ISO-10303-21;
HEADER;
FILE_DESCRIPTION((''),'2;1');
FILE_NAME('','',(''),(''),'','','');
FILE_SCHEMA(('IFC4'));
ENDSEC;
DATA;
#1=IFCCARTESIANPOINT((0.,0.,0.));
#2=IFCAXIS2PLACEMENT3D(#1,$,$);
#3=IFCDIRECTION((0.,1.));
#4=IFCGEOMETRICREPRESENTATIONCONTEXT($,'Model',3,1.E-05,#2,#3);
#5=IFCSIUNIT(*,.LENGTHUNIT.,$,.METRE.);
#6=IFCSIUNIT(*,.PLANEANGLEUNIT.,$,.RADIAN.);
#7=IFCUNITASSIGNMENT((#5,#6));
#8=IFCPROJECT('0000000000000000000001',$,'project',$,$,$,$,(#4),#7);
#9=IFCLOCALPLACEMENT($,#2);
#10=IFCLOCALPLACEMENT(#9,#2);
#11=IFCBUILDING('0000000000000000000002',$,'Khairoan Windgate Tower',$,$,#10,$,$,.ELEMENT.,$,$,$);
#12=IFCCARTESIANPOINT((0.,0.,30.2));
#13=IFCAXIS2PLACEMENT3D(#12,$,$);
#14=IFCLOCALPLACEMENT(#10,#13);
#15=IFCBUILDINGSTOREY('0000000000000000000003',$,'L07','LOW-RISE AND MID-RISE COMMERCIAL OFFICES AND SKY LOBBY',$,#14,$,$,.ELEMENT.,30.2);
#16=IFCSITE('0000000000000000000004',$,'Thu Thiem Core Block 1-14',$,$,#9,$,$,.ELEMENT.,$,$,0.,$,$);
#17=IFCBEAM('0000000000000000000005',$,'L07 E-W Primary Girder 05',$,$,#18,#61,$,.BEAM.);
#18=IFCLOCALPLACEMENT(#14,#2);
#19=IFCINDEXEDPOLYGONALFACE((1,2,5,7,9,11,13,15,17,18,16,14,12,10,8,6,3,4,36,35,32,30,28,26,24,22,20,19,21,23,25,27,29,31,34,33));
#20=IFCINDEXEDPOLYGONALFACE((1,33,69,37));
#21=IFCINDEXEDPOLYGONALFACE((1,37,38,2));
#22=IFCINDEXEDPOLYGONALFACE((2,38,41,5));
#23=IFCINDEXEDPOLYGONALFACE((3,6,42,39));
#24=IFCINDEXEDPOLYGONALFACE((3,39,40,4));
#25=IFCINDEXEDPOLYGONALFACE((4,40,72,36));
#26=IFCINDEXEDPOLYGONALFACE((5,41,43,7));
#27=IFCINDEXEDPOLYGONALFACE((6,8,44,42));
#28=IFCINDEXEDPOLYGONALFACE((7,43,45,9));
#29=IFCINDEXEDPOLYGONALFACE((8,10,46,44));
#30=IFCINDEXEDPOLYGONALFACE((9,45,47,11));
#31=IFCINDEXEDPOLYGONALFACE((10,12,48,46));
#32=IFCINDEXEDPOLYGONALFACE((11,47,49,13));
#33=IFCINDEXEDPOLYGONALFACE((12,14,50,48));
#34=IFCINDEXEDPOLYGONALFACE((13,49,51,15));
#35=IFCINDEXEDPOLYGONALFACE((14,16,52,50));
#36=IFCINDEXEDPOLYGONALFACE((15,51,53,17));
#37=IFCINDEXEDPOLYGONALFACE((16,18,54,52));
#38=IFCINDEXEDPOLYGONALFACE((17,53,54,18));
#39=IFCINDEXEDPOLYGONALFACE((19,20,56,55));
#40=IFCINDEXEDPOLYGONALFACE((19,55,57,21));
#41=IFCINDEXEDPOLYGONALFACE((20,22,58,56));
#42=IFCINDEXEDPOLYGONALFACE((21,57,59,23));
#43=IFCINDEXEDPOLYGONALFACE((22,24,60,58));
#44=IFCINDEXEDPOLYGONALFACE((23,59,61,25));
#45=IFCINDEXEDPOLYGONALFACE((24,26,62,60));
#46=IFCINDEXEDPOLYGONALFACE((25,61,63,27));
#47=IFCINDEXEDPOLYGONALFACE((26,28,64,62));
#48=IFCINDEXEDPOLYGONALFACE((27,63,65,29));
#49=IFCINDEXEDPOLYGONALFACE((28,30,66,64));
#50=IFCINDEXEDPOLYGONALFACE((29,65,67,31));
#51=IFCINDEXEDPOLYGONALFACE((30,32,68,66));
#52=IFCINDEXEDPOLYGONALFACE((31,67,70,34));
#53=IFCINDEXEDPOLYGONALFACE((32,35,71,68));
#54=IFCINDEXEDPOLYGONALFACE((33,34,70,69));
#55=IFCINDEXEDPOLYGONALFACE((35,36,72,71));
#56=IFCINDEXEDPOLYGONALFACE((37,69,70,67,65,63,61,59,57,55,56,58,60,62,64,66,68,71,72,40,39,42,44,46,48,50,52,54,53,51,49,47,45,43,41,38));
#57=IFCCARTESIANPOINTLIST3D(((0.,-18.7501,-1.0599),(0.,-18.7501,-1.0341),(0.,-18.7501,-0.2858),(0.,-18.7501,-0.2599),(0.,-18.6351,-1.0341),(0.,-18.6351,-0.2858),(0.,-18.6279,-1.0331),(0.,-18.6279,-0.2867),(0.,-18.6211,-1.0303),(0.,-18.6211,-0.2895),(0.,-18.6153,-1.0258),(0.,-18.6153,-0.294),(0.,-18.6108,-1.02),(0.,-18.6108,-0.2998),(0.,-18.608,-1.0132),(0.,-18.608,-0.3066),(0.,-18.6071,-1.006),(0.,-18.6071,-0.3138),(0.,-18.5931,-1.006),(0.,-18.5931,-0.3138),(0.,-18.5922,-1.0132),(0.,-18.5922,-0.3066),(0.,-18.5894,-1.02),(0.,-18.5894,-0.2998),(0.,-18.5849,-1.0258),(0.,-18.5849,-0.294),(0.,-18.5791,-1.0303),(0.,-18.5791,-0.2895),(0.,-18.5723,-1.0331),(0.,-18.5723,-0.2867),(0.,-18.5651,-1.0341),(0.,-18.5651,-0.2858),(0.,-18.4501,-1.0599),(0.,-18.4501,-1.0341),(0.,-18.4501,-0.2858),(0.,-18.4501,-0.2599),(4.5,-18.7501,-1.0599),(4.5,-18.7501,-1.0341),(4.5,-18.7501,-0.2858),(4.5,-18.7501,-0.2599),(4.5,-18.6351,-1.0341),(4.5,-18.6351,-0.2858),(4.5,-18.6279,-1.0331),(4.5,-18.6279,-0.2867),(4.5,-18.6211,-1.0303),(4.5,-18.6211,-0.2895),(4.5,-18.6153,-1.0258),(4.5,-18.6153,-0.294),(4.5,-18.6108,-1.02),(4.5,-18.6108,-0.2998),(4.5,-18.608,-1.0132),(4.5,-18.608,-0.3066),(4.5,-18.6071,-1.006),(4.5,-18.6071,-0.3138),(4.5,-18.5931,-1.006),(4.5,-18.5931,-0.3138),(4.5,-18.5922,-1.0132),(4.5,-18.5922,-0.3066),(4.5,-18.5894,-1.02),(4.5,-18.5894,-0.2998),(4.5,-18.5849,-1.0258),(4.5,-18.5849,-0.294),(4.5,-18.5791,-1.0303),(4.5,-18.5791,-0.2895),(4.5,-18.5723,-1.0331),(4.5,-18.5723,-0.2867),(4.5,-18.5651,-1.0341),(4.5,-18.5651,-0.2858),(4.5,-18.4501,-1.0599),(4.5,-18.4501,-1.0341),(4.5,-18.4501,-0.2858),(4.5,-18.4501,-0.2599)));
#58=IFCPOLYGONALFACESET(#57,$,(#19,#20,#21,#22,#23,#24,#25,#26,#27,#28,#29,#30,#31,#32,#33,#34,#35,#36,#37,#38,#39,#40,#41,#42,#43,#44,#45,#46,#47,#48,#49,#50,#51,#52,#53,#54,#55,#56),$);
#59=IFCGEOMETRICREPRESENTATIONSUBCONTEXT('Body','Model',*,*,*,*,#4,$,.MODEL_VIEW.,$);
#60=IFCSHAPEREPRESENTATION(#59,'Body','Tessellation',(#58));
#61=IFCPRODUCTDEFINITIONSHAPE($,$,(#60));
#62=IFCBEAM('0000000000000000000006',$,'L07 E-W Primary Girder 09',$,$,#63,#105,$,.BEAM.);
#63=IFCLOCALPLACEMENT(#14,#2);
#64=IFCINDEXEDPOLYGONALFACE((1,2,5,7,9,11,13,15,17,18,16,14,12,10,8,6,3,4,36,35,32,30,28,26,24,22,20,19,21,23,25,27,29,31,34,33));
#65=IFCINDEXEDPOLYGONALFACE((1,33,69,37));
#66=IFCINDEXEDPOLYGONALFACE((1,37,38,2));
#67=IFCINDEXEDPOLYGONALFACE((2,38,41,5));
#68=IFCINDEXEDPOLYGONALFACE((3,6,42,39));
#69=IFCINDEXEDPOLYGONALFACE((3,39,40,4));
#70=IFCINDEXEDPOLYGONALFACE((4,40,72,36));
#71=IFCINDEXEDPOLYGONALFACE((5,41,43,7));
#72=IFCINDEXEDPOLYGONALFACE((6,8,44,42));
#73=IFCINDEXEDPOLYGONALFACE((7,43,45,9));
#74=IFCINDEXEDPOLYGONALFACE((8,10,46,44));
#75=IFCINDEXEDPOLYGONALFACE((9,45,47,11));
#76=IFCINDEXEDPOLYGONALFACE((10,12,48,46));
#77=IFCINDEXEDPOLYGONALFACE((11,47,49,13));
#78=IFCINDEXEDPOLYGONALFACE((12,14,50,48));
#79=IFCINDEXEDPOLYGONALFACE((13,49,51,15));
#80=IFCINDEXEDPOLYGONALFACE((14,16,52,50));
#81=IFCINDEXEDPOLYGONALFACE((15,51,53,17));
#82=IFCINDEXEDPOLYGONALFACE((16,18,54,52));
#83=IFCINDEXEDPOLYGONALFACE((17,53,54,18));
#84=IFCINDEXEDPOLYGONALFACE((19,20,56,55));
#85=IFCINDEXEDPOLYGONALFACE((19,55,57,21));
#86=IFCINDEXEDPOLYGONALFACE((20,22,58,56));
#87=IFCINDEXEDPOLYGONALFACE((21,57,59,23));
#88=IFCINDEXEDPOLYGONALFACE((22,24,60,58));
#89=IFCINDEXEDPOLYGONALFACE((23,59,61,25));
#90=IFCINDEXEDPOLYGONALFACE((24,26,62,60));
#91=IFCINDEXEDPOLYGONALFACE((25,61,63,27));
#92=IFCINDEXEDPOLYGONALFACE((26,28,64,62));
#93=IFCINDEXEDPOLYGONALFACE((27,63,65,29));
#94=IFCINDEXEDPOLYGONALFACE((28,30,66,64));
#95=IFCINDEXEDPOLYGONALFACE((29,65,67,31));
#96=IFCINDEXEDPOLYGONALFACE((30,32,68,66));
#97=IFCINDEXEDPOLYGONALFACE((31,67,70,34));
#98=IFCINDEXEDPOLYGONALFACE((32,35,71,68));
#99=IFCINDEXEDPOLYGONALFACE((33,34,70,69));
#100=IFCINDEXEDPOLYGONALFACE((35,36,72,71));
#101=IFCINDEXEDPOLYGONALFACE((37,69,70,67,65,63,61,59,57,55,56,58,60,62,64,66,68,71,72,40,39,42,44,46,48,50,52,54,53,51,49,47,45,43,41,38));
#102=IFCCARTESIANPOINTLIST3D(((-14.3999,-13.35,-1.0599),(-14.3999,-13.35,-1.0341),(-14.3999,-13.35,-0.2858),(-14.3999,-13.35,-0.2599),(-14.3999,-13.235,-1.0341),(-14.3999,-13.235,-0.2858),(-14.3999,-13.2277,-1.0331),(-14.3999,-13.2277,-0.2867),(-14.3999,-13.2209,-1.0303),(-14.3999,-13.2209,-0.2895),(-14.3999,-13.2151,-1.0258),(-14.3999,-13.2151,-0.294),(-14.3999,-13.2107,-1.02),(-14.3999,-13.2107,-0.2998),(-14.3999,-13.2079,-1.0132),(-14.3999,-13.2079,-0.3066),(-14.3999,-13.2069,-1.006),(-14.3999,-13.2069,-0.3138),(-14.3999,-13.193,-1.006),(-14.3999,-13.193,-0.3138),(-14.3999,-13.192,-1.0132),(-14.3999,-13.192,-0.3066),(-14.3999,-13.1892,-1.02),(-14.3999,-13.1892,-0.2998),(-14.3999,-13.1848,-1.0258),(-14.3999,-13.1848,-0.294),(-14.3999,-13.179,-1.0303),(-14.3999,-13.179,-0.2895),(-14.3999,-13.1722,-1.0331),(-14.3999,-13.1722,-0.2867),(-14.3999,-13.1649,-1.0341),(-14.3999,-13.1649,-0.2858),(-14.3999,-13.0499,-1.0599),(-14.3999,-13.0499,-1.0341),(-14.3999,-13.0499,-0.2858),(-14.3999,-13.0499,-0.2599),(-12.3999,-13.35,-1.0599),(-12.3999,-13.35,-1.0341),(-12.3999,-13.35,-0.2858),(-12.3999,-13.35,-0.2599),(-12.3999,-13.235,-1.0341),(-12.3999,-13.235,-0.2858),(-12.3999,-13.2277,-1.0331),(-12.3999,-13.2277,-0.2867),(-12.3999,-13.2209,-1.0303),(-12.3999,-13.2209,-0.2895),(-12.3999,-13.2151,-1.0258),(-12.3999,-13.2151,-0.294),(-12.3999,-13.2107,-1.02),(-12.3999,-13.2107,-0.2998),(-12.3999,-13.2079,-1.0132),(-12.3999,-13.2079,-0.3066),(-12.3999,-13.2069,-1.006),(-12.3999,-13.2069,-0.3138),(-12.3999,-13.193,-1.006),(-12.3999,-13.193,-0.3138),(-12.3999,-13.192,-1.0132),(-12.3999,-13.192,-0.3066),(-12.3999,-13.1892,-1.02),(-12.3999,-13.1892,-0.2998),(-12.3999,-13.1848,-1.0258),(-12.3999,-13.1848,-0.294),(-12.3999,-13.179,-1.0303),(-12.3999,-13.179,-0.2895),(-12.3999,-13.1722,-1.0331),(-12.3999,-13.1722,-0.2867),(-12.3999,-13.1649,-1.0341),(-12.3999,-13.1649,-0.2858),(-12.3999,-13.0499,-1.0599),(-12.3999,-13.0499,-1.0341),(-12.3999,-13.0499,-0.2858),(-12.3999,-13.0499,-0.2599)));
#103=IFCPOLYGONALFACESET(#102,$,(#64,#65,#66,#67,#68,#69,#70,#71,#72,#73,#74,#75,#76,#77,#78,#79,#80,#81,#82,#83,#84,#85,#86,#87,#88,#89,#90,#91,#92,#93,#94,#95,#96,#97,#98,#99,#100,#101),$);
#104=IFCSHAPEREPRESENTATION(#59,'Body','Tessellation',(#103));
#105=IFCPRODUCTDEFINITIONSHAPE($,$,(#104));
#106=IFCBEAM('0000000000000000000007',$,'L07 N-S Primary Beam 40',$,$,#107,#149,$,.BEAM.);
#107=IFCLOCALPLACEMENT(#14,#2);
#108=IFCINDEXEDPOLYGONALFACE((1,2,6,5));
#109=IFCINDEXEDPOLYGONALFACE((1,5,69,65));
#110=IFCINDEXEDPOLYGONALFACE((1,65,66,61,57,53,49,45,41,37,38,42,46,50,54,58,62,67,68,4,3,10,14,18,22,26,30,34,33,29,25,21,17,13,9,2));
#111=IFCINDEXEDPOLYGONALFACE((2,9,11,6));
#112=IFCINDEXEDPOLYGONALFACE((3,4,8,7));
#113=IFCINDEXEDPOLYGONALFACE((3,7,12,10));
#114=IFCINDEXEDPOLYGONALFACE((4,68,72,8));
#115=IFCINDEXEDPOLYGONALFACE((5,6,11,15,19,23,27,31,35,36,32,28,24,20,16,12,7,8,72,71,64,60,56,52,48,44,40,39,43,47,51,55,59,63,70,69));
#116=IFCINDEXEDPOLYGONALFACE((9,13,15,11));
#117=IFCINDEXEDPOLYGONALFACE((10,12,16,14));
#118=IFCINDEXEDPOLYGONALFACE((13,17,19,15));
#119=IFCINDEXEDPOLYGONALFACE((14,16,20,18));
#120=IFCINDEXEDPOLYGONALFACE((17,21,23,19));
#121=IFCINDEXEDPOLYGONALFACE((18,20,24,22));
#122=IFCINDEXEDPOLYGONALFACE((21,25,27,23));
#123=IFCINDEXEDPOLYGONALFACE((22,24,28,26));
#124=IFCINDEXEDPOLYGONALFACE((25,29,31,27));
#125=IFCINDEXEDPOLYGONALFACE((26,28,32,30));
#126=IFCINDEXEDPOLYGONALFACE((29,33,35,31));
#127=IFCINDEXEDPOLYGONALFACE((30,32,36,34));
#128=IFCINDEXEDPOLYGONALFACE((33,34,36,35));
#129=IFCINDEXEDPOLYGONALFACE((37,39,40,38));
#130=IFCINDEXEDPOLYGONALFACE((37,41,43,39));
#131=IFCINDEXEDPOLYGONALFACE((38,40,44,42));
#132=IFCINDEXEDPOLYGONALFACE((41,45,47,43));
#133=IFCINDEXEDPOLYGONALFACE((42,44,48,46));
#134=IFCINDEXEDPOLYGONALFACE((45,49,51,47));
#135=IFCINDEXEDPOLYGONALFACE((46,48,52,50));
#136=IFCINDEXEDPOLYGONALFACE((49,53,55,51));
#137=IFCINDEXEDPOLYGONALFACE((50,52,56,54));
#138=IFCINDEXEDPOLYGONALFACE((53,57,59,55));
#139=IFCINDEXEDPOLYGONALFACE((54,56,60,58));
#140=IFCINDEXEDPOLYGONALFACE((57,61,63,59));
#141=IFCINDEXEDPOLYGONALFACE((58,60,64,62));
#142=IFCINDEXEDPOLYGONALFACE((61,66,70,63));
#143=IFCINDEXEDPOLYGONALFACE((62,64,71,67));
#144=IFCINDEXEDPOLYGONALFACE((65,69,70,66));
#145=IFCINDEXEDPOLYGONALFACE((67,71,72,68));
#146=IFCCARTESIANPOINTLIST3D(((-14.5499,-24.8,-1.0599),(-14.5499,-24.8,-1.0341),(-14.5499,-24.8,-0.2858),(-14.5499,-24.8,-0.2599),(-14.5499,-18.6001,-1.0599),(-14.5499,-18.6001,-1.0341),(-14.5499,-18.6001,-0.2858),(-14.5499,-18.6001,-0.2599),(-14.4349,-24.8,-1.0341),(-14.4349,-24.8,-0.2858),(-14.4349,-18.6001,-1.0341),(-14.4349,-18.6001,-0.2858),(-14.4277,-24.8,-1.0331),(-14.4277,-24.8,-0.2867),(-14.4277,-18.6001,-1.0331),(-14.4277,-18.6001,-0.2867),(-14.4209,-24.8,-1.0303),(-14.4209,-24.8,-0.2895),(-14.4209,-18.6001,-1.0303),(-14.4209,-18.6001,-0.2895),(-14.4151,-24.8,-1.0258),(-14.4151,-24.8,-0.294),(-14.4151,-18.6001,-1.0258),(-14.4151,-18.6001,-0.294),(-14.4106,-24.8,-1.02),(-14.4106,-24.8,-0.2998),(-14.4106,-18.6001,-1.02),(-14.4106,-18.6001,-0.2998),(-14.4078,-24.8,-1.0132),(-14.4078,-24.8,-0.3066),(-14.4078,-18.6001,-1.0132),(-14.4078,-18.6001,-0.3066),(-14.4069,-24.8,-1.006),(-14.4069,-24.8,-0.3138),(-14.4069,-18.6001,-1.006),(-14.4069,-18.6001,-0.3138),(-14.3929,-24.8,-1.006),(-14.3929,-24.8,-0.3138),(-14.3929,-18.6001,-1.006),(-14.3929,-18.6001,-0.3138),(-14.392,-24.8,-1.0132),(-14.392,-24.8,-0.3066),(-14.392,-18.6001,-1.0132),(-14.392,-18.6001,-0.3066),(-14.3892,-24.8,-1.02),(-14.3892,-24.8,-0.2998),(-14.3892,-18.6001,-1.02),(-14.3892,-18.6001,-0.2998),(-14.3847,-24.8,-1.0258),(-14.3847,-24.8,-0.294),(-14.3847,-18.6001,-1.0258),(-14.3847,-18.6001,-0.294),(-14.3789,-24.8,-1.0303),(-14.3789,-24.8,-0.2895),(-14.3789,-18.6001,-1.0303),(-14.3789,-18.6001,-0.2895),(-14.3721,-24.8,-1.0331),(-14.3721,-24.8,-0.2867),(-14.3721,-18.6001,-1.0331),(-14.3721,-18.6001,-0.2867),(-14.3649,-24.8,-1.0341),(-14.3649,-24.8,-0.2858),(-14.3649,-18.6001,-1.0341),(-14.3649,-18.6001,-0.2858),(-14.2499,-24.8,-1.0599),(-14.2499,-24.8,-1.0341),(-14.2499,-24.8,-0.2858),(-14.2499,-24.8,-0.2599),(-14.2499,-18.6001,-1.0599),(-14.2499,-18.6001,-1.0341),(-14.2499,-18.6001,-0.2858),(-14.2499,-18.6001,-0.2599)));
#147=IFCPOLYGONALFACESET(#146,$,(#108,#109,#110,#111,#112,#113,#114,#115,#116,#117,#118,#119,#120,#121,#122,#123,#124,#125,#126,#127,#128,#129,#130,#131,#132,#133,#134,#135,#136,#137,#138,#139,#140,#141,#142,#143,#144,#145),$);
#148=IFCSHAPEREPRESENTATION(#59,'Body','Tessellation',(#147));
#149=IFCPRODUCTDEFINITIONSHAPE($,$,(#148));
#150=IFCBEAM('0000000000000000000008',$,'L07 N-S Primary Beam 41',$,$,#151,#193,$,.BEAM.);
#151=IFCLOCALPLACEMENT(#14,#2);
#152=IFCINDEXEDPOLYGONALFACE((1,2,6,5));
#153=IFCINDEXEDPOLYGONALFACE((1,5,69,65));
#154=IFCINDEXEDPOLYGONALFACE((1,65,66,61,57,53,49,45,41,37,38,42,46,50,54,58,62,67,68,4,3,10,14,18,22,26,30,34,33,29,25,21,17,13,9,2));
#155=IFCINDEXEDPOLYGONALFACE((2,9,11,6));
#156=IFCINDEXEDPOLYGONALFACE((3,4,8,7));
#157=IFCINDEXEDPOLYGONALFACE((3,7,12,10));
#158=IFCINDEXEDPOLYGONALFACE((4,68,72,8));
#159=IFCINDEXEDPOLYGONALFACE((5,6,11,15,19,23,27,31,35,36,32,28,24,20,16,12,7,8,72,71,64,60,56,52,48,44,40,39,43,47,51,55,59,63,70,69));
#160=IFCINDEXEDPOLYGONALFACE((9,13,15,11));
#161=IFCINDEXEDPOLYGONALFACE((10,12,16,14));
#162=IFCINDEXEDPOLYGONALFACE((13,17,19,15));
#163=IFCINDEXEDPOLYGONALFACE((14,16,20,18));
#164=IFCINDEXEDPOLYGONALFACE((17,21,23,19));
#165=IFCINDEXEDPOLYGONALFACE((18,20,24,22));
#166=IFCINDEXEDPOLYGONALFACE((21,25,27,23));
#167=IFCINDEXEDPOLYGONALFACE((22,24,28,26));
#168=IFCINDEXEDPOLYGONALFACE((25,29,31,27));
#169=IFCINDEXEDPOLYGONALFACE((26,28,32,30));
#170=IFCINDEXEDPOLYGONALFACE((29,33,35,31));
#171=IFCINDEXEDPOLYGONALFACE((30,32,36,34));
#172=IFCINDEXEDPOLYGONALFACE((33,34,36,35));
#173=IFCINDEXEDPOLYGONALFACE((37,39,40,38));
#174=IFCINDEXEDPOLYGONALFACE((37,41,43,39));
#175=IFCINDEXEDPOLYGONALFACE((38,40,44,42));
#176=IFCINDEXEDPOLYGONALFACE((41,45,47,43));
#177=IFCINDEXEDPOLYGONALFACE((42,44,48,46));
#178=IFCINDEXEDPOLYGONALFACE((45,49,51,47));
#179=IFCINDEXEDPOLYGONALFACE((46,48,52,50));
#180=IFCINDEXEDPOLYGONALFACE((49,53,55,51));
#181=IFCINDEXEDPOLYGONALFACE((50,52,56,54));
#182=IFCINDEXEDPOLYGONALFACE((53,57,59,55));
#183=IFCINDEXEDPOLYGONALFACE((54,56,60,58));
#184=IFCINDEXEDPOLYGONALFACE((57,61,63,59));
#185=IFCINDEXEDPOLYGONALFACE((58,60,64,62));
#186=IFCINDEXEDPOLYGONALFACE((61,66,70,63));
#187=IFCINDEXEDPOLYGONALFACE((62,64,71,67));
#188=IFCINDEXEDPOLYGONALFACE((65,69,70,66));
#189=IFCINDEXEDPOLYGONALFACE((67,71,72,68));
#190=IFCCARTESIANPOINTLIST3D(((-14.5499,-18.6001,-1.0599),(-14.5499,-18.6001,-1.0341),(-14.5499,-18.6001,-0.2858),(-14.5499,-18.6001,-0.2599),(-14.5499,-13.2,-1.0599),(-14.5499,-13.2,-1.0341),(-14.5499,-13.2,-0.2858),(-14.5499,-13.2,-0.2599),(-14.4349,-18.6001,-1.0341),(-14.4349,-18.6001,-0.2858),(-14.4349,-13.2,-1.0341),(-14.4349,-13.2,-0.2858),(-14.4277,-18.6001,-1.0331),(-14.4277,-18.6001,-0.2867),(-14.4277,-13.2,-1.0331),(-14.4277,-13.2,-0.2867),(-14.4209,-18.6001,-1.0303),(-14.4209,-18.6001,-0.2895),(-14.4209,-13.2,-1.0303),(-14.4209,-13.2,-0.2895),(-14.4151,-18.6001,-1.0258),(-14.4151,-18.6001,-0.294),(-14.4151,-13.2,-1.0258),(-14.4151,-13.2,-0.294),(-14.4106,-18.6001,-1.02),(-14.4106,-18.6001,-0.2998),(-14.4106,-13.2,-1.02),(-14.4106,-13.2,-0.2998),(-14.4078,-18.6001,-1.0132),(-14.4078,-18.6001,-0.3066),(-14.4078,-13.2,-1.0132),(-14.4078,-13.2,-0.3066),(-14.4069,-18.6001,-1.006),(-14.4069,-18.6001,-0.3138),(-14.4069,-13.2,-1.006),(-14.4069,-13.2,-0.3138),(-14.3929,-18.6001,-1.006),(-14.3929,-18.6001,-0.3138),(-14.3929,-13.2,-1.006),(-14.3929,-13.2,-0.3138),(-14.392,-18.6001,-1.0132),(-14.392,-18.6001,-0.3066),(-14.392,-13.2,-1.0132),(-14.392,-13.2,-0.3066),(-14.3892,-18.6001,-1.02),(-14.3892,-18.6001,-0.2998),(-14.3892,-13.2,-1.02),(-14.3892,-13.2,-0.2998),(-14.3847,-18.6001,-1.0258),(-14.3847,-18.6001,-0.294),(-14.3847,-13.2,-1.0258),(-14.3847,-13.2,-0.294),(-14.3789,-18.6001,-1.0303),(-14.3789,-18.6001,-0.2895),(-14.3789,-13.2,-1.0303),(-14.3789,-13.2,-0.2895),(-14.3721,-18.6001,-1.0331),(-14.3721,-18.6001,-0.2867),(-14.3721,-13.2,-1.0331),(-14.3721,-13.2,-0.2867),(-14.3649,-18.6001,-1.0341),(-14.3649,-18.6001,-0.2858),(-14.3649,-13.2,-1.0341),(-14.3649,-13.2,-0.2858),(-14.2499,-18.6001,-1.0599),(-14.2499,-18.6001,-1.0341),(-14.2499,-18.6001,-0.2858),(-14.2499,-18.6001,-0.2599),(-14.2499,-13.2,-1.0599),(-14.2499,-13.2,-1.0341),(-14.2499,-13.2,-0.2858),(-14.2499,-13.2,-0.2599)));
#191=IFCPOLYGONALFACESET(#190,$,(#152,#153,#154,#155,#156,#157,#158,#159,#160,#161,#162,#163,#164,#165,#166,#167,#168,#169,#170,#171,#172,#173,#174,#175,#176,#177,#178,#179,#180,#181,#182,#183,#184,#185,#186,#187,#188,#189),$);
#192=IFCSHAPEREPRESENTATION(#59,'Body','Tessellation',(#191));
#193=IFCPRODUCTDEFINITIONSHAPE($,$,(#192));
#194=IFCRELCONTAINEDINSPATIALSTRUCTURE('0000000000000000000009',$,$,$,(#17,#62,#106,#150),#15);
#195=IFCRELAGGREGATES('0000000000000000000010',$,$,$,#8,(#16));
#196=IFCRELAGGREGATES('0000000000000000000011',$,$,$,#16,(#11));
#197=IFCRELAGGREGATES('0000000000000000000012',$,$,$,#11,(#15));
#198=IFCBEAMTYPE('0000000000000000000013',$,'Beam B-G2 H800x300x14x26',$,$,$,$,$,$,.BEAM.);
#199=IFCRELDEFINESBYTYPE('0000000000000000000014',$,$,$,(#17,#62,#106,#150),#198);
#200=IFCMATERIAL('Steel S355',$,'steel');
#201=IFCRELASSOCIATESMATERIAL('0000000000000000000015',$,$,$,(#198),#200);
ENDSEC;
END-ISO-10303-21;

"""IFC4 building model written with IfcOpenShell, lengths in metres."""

from ifc_helpers import new_model, si_unit, direction, frame, origin, origin_2d, place, context, subcontext, project, spatial, i_section, extrude, material, material_profile, profile_set, type_object, element, save


model = new_model("IFC4")

# Units and contexts
model_context = context("Model", 3, precision=1e-05, world=origin(), true_north=direction((0.0, 1.0)))
body_context = subcontext(model_context, "Body", "Model", "MODEL_VIEW")
ifc_project = project(units=[si_unit("LENGTHUNIT", "METRE"), si_unit("PLANEANGLEUNIT", "RADIAN")], contexts=[model_context])

# Site, building, storey
site_placement = place(None, origin())
site = spatial("IfcSite", under=ifc_project, at=site_placement, Name="Thu Thiem Core Block 1-14", CompositionType="ELEMENT", RefElevation=0.0)
building_placement = place(site_placement, origin())
building = spatial("IfcBuilding", under=site, at=building_placement, Name="Khairoan Windgate Tower", CompositionType="ELEMENT")
storey_placement = place(building_placement, frame((0.0, 0.0, 30.2)))
storey = spatial("IfcBuildingStorey", under=building, at=storey_placement, Name="L07", Description="LOW-RISE AND MID-RISE COMMERCIAL OFFICES AND SKY LOBBY", CompositionType="ELEMENT", Elevation=30.2)

# Beams
ifc_material_1 = material(Name="Steel S355", Category="steel")
ifc_material_profile_1 = material_profile(ifc_material_1, i_section(OverallWidth=0.3, OverallDepth=0.8, WebThickness=0.0139, FlangeThickness=0.0259, FilletRadius=0.0281, at=origin_2d()))
ifc_profile_set_1 = profile_set([ifc_material_profile_1], Name="Steel S355")
beam_type_1 = type_object("IfcBeamType", Name="Beam B-G2 H800x300x14x26", PredefinedType="BEAM", material=ifc_profile_set_1)
for number, where, z_axis, x_axis, name in (
    (1, (0.0, -18.6001, -0.6599), (1.0, 0.0, 0.0), (0.0, 1.0, 0.0), "L07 E-W Primary Girder 05"),
):
    element("IfcBeam", number, at=place(storey_placement, frame(where, z_axis=z_axis, x_axis=x_axis)), inside=storey, type_object=beam_type_1, Name=name, PredefinedType="BEAM", context=body_context, shape_type="SweptSolid", body=[
        extrude(i_section(OverallWidth=0.3, OverallDepth=0.8, WebThickness=0.0139, FlangeThickness=0.0259, FilletRadius=0.0281, at=origin_2d()), origin(), (0.0, 0.0, 1.0), 4.5),
    ])
beam_1_placement = place(storey_placement, frame((-14.3999, -13.2, -0.6599), z_axis=(1.0, 0.0, 0.0), x_axis=(0.0, 1.0, 0.0)))
element("IfcBeam", 2, at=beam_1_placement, inside=storey, type_object=beam_type_1, Name="L07 E-W Primary Girder 09", PredefinedType="BEAM", context=body_context, shape_type="SweptSolid", body=[
    extrude(i_section(OverallWidth=0.3, OverallDepth=0.8, WebThickness=0.0139, FlangeThickness=0.0259, FilletRadius=0.0281, at=origin_2d()), origin(), (0.0, 0.0, 1.0), 2.0),
])
beam_2_placement = place(storey_placement, frame((-14.3999, -24.8, -0.6599), z_axis=(0.0, 1.0, 0.0), x_axis=(-1.0, 0.0, 0.0)))
element("IfcBeam", 3, at=beam_2_placement, inside=storey, type_object=beam_type_1, Name="L07 N-S Primary Beam 40", PredefinedType="BEAM", context=body_context, shape_type="SweptSolid", body=[
    extrude(i_section(OverallWidth=0.3, OverallDepth=0.8, WebThickness=0.0139, FlangeThickness=0.0259, FilletRadius=0.0281, at=origin_2d()), origin(), (0.0, 0.0, 1.0), 6.2),
])
beam_3_placement = place(storey_placement, frame((-14.3999, -18.6001, -0.6599), z_axis=(0.0, 1.0, 0.0), x_axis=(-1.0, 0.0, 0.0)))
element("IfcBeam", 4, at=beam_3_placement, inside=storey, type_object=beam_type_1, Name="L07 N-S Primary Beam 41", PredefinedType="BEAM", context=body_context, shape_type="SweptSolid", body=[
    extrude(i_section(OverallWidth=0.3, OverallDepth=0.8, WebThickness=0.0139, FlangeThickness=0.0259, FilletRadius=0.0281, at=origin_2d()), origin(), (0.0, 0.0, 1.0), 5.4001),
])

save(model, "model.ifc")
